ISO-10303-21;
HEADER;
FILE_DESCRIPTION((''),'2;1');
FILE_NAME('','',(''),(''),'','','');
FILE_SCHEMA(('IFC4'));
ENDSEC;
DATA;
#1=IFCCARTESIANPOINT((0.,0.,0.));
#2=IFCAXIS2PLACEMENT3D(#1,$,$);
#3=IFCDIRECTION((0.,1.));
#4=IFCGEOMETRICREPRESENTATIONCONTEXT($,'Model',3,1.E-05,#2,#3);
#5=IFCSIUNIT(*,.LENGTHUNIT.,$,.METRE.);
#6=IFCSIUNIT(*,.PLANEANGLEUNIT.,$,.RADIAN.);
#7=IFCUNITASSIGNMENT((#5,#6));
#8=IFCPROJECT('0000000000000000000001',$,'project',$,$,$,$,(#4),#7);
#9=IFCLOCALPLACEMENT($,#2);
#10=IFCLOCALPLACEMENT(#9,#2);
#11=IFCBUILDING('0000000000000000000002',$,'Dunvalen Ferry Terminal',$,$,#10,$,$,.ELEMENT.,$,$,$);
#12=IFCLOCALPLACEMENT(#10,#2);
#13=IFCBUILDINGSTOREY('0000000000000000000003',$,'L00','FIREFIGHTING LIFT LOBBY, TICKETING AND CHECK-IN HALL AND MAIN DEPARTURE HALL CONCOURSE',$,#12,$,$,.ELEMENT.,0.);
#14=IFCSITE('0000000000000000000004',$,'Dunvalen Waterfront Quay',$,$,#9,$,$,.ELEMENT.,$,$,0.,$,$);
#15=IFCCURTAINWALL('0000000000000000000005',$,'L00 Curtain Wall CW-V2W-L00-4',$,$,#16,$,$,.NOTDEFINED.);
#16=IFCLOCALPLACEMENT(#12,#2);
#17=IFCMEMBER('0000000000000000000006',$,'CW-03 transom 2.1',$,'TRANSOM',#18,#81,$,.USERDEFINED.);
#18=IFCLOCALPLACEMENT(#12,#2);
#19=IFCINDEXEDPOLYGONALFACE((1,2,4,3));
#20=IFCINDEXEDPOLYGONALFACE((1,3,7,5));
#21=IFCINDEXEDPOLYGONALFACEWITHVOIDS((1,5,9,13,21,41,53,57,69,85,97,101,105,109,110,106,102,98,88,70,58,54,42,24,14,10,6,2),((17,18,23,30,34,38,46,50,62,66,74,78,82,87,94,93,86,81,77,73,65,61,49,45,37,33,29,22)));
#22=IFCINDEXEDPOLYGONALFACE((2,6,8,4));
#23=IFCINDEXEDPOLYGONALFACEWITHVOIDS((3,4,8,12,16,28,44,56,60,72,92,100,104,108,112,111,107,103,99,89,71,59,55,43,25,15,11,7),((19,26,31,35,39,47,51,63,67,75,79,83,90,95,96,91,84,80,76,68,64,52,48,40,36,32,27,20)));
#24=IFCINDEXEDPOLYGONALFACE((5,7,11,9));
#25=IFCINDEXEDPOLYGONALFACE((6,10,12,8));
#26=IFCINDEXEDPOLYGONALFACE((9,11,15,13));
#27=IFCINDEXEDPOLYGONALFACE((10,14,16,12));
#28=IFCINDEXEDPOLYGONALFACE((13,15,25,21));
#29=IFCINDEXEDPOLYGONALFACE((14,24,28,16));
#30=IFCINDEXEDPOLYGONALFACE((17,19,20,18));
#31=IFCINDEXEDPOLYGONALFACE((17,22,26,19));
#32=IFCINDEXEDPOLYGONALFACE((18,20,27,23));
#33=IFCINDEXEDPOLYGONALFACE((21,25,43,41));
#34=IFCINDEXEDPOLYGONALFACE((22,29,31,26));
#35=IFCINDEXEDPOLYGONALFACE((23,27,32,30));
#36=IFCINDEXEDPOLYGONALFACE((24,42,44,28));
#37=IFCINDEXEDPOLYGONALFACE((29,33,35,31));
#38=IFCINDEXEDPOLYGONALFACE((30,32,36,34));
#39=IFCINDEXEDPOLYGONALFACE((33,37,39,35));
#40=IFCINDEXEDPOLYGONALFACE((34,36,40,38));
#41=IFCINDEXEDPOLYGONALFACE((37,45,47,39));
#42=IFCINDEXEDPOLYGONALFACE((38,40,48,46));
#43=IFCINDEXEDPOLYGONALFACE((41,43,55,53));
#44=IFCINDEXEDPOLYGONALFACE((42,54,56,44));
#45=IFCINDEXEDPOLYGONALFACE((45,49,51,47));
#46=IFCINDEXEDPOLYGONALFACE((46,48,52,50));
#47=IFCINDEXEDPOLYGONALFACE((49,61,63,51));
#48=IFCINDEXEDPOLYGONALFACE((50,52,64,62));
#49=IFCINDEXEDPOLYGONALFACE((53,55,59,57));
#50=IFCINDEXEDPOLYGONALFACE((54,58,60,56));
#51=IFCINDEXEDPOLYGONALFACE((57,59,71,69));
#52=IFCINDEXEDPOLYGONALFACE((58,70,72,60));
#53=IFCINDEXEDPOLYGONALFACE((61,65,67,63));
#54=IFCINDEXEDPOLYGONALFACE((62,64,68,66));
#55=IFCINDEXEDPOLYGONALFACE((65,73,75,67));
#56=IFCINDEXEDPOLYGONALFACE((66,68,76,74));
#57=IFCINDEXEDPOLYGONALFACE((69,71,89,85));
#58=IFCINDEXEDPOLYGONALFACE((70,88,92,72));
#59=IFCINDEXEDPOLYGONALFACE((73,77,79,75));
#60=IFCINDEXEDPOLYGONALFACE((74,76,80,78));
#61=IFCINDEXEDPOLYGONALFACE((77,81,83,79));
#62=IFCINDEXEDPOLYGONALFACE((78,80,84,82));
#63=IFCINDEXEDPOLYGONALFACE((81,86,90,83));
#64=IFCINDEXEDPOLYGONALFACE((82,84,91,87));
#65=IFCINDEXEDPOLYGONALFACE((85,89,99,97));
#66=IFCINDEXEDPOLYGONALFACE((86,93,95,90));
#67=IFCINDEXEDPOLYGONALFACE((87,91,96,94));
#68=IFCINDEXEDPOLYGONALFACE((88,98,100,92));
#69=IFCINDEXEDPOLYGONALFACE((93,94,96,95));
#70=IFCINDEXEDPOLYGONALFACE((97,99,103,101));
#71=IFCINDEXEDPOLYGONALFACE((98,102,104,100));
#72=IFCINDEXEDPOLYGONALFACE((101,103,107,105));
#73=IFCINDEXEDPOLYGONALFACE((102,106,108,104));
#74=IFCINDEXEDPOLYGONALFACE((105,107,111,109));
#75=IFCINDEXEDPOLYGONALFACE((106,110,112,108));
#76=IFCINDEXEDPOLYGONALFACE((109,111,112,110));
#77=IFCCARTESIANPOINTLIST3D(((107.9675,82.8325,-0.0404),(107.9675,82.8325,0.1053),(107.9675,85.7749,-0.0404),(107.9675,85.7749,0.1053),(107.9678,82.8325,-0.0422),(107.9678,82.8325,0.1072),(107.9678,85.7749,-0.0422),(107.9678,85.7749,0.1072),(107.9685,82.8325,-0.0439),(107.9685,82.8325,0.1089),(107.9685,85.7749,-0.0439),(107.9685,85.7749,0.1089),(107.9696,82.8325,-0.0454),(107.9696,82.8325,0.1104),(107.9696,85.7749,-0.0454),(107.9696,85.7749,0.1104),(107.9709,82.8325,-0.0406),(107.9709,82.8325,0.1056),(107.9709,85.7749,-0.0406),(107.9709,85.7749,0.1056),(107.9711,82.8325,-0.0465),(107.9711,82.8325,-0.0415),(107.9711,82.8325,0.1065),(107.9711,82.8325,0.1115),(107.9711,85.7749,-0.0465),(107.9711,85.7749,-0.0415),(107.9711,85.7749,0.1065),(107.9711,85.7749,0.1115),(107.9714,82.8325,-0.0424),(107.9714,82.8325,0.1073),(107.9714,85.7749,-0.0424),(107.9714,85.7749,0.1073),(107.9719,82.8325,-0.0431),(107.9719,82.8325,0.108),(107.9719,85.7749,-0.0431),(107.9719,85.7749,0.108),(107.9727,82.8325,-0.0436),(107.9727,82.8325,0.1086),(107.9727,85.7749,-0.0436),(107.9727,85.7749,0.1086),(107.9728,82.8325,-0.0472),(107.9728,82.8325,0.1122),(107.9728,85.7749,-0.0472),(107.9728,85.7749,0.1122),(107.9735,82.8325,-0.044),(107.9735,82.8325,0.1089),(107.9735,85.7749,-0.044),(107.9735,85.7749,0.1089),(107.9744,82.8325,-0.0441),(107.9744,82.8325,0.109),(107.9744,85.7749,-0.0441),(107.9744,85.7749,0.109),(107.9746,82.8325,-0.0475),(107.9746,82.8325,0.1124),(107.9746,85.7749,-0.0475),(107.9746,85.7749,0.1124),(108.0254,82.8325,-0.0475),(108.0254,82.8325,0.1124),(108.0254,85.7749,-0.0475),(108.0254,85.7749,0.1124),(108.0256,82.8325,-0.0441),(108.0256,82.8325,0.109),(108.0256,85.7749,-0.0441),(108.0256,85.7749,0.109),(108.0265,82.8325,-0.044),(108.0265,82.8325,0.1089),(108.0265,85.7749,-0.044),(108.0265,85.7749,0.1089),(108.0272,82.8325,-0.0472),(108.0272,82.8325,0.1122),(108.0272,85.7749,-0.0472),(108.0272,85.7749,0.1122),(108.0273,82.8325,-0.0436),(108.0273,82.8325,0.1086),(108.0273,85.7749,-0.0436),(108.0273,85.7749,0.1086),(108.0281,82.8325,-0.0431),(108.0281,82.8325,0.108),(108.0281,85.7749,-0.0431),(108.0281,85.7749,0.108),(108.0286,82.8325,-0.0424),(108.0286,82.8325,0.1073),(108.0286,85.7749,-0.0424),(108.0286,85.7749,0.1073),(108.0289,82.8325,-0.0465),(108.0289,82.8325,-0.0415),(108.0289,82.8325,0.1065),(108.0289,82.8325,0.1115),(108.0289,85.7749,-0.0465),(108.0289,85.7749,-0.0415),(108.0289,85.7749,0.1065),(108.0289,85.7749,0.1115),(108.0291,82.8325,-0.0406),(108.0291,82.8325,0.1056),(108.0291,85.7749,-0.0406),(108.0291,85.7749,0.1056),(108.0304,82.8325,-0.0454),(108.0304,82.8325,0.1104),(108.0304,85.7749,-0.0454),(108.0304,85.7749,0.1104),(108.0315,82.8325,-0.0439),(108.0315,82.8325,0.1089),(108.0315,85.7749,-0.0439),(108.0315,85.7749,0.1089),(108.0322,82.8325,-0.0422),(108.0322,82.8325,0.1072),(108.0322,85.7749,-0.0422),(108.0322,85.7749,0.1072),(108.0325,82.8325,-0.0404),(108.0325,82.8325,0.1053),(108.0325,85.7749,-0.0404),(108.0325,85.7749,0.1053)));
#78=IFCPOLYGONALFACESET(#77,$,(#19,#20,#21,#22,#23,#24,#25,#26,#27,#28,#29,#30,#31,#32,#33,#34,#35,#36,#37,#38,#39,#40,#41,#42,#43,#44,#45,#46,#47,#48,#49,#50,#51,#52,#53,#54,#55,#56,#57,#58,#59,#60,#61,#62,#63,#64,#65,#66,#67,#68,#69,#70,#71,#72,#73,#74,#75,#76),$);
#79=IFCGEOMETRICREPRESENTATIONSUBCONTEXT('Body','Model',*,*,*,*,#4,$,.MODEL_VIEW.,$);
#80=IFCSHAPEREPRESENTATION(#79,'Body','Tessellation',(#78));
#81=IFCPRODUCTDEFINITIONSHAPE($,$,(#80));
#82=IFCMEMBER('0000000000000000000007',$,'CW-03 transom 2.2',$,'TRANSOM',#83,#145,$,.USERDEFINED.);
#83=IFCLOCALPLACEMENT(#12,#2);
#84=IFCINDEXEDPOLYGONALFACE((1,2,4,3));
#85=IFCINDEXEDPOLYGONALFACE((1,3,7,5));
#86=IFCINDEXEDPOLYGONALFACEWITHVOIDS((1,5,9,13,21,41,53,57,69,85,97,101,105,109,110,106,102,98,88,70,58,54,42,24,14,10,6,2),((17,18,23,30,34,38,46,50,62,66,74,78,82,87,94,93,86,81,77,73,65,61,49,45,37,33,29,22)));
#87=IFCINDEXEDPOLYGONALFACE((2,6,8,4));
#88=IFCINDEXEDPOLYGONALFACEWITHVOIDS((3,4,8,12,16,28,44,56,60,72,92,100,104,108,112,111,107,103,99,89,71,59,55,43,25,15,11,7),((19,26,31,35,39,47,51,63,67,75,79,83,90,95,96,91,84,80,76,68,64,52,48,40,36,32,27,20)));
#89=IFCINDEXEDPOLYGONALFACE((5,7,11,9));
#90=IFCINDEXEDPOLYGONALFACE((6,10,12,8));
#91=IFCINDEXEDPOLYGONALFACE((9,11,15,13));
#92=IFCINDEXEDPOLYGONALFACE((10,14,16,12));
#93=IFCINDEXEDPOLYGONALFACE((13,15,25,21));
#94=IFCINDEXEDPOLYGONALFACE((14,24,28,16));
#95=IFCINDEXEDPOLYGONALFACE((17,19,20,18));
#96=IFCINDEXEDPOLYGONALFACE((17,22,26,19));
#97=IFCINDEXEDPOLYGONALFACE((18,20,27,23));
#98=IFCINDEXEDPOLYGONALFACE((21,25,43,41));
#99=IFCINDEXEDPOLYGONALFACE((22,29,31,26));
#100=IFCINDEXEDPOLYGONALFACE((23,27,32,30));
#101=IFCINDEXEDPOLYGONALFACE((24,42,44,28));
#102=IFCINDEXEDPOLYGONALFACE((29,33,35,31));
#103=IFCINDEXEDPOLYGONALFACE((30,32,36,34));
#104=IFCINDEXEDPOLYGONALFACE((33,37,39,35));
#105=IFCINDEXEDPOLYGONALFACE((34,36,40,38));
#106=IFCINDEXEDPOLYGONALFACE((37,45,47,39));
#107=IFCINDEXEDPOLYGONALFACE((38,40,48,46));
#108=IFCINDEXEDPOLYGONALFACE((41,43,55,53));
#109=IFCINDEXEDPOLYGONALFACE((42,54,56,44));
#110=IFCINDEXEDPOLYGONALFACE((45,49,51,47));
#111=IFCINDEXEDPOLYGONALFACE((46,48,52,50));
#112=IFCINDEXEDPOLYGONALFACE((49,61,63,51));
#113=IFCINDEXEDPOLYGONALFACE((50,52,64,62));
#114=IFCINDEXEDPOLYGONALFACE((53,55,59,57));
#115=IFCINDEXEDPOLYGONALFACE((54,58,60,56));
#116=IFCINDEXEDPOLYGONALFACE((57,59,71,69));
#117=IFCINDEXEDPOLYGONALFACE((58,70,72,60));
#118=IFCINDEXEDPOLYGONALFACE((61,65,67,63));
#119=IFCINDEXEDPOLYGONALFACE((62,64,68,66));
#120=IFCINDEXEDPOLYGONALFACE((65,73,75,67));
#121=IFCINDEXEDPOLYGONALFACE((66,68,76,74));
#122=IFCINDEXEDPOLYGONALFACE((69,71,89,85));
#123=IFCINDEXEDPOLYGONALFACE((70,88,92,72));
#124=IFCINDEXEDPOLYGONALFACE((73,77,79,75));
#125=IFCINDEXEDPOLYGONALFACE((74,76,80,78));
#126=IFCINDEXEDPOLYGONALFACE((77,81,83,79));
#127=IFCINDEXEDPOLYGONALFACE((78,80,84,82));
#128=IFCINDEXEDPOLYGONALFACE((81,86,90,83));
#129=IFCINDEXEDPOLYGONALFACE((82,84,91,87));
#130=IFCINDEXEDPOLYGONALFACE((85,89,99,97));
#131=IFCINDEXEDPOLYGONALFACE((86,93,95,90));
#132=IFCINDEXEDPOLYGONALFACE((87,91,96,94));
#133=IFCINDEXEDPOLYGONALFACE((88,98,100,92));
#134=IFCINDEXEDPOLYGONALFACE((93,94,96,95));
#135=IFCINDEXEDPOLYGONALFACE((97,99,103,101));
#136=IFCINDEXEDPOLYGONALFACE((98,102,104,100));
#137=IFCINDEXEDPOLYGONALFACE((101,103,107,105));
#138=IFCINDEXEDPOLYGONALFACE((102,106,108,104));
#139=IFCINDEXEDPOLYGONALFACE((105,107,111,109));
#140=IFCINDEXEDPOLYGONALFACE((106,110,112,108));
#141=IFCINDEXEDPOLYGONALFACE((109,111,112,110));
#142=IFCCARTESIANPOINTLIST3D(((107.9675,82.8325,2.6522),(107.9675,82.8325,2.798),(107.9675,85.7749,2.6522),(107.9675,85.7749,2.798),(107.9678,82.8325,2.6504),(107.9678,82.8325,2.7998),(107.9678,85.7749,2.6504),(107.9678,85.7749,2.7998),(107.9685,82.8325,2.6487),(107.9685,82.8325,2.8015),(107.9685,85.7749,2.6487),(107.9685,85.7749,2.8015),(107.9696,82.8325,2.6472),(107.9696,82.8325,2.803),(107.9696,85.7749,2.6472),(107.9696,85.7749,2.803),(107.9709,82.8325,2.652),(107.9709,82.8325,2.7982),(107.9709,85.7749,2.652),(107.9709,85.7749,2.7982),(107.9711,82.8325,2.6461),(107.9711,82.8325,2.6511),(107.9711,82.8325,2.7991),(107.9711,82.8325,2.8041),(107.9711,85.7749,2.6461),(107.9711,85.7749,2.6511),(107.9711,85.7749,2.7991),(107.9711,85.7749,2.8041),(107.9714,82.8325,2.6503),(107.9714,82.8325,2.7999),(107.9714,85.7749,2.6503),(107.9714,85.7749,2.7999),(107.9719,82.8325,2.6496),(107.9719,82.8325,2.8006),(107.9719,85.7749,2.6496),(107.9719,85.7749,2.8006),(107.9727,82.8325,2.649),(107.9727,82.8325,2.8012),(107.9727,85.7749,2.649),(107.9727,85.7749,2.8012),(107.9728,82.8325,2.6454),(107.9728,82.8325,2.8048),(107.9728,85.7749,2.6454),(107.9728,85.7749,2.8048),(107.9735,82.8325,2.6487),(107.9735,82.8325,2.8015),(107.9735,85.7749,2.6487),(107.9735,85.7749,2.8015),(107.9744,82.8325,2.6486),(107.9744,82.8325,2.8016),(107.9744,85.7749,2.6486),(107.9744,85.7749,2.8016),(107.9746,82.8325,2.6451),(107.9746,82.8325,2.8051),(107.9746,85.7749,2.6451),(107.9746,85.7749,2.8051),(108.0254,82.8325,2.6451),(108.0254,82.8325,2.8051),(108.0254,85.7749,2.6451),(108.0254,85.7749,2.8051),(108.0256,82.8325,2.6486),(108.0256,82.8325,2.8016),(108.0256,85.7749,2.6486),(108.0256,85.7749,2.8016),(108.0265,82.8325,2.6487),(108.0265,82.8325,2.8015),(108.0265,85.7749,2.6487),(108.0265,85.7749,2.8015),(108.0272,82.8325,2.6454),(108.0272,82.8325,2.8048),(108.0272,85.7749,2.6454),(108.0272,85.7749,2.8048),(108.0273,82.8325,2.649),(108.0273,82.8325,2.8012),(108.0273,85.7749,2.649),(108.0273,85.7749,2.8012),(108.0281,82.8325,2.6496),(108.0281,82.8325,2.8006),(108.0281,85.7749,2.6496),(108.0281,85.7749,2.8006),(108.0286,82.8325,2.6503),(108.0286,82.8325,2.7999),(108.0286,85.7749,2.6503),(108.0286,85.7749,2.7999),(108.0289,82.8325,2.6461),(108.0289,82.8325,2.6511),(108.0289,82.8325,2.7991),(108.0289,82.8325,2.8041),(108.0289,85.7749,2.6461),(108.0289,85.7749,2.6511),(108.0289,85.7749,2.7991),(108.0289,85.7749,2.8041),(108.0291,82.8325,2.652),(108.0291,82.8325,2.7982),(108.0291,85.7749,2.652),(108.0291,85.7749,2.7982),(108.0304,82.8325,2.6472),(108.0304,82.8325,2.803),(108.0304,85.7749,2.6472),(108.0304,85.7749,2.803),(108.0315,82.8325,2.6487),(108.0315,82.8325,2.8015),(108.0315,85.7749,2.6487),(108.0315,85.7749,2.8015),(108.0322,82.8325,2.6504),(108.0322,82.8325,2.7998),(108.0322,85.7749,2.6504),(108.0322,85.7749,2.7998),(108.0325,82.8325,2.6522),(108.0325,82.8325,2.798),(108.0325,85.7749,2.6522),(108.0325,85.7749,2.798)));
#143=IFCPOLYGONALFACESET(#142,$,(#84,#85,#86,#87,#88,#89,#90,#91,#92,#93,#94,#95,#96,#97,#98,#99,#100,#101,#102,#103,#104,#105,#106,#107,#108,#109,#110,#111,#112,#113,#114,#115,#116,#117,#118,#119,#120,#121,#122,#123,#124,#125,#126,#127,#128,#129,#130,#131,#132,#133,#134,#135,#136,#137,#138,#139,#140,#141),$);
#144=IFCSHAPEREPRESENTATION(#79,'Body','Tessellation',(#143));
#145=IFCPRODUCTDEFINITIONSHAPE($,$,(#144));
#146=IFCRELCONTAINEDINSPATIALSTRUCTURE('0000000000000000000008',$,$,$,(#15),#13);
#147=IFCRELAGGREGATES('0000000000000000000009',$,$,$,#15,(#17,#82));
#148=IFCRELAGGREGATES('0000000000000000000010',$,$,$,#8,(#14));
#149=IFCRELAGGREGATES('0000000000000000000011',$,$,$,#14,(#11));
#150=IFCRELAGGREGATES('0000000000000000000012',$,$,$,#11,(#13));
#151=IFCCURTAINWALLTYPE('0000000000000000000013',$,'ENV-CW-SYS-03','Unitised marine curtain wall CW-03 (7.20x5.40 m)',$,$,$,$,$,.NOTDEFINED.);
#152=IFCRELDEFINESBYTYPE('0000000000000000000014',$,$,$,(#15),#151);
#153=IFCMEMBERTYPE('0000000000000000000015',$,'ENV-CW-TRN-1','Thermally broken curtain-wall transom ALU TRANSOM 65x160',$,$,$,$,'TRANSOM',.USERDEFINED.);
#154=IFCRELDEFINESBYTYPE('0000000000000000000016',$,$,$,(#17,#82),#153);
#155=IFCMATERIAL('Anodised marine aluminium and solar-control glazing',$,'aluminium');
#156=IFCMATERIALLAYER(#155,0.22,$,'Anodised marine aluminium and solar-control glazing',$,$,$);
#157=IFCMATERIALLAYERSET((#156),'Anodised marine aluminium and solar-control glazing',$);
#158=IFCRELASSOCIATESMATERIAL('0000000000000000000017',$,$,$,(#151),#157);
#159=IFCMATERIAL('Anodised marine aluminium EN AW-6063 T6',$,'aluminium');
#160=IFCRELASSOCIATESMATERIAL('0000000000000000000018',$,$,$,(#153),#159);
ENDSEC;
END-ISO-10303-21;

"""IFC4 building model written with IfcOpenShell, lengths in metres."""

from ifc_helpers import new_model, si_unit, direction, frame, origin, origin_2d, place, context, subcontext, project, spatial, hollow_rectangle, extrude, material, layer, layer_set, material_profile, profile_set, type_object, element, aggregate, save


model = new_model("IFC4")

# Units and contexts
model_context = context("Model", 3, precision=1e-05, world=origin(), true_north=direction((0.0, 1.0)))
body_context = subcontext(model_context, "Body", "Model", "MODEL_VIEW")
ifc_project = project(units=[si_unit("LENGTHUNIT", "METRE"), si_unit("PLANEANGLEUNIT", "RADIAN")], contexts=[model_context])

# Site, building, storey
site_placement = place(None, origin())
site = spatial("IfcSite", under=ifc_project, at=site_placement, Name="Dunvalen Waterfront Quay", CompositionType="ELEMENT", RefElevation=0.0)
building_placement = place(site_placement, origin())
building = spatial("IfcBuilding", under=site, at=building_placement, Name="Dunvalen Ferry Terminal", CompositionType="ELEMENT")
storey_placement = place(building_placement, origin())
storey = spatial("IfcBuildingStorey", under=building, at=storey_placement, Name="L00", Description="FIREFIGHTING LIFT LOBBY, TICKETING AND CHECK-IN HALL AND MAIN DEPARTURE HALL CONCOURSE", CompositionType="ELEMENT", Elevation=0.0)

# Curtain wall, members
ifc_material_1 = material(Name="Anodised marine aluminium and solar-control glazing", Category="aluminium")
ifc_layer_1 = layer(ifc_material_1, 0.22, Name="Anodised marine aluminium and solar-control glazing")
ifc_layer_set_1 = layer_set([ifc_layer_1], Name="Anodised marine aluminium and solar-control glazing")
curtain_wall_type = type_object("IfcCurtainWallType", Name="ENV-CW-SYS-03", Description="Unitised marine curtain wall CW-03 (7.20x5.40 m)", PredefinedType="NOTDEFINED", material=ifc_layer_set_1)
curtain_wall_placement = place(storey_placement, origin())
curtain_wall = element("IfcCurtainWall", 1, at=curtain_wall_placement, inside=storey, type_object=curtain_wall_type, Name="L00 Curtain Wall CW-V2W-L00-4", PredefinedType="NOTDEFINED")
ifc_material_2 = material(Name="Anodised marine aluminium EN AW-6063 T6", Category="aluminium")
ifc_material_profile_1 = material_profile(ifc_material_2, hollow_rectangle(XDim=0.0649, YDim=0.1599, WallThickness=0.0034, InnerFilletRadius=0.0034, OuterFilletRadius=0.0071, at=origin_2d()), Name="Anodised marine aluminium EN AW-6063 T6")
ifc_profile_set_1 = profile_set([ifc_material_profile_1], Name="Anodised marine aluminium EN AW-6063 T6")
member_type_1 = type_object("IfcMemberType", Name="ENV-CW-TRN-1", Description="Thermally broken curtain-wall transom ALU TRANSOM 65x160", ElementType="TRANSOM", PredefinedType="USERDEFINED", material=ifc_profile_set_1)
member_1_placement = place(storey_placement, frame((108.0, 82.8325, 0.0325), z_axis=(0.0, 1.0, 0.0), x_axis=(-1.0, 0.0, 0.0)))
member_1 = element("IfcMember", 2, at=member_1_placement, type_object=member_type_1, Name="CW-03 transom 2.1", ObjectType="TRANSOM", PredefinedType="USERDEFINED", context=body_context, shape_type="SweptSolid", body=[
    extrude(hollow_rectangle(XDim=0.0649, YDim=0.1599, WallThickness=0.0034, InnerFilletRadius=0.0034, OuterFilletRadius=0.0071, at=origin_2d()), origin(), (0.0, 0.0, 1.0), 2.9424),
])
member_2_placement = place(storey_placement, frame((108.0, 82.8325, 2.7251), z_axis=(0.0, 1.0, 0.0), x_axis=(-1.0, 0.0, 0.0)))
member_2 = element("IfcMember", 3, at=member_2_placement, type_object=member_type_1, Name="CW-03 transom 2.2", ObjectType="TRANSOM", PredefinedType="USERDEFINED", context=body_context, shape_type="SweptSolid", body=[
    extrude(hollow_rectangle(XDim=0.0649, YDim=0.1599, WallThickness=0.0034, InnerFilletRadius=0.0034, OuterFilletRadius=0.0071, at=origin_2d()), origin(), (0.0, 0.0, 1.0), 2.9424),
])
aggregate(curtain_wall, [member_1, member_2])

save(model, "model.ifc")
